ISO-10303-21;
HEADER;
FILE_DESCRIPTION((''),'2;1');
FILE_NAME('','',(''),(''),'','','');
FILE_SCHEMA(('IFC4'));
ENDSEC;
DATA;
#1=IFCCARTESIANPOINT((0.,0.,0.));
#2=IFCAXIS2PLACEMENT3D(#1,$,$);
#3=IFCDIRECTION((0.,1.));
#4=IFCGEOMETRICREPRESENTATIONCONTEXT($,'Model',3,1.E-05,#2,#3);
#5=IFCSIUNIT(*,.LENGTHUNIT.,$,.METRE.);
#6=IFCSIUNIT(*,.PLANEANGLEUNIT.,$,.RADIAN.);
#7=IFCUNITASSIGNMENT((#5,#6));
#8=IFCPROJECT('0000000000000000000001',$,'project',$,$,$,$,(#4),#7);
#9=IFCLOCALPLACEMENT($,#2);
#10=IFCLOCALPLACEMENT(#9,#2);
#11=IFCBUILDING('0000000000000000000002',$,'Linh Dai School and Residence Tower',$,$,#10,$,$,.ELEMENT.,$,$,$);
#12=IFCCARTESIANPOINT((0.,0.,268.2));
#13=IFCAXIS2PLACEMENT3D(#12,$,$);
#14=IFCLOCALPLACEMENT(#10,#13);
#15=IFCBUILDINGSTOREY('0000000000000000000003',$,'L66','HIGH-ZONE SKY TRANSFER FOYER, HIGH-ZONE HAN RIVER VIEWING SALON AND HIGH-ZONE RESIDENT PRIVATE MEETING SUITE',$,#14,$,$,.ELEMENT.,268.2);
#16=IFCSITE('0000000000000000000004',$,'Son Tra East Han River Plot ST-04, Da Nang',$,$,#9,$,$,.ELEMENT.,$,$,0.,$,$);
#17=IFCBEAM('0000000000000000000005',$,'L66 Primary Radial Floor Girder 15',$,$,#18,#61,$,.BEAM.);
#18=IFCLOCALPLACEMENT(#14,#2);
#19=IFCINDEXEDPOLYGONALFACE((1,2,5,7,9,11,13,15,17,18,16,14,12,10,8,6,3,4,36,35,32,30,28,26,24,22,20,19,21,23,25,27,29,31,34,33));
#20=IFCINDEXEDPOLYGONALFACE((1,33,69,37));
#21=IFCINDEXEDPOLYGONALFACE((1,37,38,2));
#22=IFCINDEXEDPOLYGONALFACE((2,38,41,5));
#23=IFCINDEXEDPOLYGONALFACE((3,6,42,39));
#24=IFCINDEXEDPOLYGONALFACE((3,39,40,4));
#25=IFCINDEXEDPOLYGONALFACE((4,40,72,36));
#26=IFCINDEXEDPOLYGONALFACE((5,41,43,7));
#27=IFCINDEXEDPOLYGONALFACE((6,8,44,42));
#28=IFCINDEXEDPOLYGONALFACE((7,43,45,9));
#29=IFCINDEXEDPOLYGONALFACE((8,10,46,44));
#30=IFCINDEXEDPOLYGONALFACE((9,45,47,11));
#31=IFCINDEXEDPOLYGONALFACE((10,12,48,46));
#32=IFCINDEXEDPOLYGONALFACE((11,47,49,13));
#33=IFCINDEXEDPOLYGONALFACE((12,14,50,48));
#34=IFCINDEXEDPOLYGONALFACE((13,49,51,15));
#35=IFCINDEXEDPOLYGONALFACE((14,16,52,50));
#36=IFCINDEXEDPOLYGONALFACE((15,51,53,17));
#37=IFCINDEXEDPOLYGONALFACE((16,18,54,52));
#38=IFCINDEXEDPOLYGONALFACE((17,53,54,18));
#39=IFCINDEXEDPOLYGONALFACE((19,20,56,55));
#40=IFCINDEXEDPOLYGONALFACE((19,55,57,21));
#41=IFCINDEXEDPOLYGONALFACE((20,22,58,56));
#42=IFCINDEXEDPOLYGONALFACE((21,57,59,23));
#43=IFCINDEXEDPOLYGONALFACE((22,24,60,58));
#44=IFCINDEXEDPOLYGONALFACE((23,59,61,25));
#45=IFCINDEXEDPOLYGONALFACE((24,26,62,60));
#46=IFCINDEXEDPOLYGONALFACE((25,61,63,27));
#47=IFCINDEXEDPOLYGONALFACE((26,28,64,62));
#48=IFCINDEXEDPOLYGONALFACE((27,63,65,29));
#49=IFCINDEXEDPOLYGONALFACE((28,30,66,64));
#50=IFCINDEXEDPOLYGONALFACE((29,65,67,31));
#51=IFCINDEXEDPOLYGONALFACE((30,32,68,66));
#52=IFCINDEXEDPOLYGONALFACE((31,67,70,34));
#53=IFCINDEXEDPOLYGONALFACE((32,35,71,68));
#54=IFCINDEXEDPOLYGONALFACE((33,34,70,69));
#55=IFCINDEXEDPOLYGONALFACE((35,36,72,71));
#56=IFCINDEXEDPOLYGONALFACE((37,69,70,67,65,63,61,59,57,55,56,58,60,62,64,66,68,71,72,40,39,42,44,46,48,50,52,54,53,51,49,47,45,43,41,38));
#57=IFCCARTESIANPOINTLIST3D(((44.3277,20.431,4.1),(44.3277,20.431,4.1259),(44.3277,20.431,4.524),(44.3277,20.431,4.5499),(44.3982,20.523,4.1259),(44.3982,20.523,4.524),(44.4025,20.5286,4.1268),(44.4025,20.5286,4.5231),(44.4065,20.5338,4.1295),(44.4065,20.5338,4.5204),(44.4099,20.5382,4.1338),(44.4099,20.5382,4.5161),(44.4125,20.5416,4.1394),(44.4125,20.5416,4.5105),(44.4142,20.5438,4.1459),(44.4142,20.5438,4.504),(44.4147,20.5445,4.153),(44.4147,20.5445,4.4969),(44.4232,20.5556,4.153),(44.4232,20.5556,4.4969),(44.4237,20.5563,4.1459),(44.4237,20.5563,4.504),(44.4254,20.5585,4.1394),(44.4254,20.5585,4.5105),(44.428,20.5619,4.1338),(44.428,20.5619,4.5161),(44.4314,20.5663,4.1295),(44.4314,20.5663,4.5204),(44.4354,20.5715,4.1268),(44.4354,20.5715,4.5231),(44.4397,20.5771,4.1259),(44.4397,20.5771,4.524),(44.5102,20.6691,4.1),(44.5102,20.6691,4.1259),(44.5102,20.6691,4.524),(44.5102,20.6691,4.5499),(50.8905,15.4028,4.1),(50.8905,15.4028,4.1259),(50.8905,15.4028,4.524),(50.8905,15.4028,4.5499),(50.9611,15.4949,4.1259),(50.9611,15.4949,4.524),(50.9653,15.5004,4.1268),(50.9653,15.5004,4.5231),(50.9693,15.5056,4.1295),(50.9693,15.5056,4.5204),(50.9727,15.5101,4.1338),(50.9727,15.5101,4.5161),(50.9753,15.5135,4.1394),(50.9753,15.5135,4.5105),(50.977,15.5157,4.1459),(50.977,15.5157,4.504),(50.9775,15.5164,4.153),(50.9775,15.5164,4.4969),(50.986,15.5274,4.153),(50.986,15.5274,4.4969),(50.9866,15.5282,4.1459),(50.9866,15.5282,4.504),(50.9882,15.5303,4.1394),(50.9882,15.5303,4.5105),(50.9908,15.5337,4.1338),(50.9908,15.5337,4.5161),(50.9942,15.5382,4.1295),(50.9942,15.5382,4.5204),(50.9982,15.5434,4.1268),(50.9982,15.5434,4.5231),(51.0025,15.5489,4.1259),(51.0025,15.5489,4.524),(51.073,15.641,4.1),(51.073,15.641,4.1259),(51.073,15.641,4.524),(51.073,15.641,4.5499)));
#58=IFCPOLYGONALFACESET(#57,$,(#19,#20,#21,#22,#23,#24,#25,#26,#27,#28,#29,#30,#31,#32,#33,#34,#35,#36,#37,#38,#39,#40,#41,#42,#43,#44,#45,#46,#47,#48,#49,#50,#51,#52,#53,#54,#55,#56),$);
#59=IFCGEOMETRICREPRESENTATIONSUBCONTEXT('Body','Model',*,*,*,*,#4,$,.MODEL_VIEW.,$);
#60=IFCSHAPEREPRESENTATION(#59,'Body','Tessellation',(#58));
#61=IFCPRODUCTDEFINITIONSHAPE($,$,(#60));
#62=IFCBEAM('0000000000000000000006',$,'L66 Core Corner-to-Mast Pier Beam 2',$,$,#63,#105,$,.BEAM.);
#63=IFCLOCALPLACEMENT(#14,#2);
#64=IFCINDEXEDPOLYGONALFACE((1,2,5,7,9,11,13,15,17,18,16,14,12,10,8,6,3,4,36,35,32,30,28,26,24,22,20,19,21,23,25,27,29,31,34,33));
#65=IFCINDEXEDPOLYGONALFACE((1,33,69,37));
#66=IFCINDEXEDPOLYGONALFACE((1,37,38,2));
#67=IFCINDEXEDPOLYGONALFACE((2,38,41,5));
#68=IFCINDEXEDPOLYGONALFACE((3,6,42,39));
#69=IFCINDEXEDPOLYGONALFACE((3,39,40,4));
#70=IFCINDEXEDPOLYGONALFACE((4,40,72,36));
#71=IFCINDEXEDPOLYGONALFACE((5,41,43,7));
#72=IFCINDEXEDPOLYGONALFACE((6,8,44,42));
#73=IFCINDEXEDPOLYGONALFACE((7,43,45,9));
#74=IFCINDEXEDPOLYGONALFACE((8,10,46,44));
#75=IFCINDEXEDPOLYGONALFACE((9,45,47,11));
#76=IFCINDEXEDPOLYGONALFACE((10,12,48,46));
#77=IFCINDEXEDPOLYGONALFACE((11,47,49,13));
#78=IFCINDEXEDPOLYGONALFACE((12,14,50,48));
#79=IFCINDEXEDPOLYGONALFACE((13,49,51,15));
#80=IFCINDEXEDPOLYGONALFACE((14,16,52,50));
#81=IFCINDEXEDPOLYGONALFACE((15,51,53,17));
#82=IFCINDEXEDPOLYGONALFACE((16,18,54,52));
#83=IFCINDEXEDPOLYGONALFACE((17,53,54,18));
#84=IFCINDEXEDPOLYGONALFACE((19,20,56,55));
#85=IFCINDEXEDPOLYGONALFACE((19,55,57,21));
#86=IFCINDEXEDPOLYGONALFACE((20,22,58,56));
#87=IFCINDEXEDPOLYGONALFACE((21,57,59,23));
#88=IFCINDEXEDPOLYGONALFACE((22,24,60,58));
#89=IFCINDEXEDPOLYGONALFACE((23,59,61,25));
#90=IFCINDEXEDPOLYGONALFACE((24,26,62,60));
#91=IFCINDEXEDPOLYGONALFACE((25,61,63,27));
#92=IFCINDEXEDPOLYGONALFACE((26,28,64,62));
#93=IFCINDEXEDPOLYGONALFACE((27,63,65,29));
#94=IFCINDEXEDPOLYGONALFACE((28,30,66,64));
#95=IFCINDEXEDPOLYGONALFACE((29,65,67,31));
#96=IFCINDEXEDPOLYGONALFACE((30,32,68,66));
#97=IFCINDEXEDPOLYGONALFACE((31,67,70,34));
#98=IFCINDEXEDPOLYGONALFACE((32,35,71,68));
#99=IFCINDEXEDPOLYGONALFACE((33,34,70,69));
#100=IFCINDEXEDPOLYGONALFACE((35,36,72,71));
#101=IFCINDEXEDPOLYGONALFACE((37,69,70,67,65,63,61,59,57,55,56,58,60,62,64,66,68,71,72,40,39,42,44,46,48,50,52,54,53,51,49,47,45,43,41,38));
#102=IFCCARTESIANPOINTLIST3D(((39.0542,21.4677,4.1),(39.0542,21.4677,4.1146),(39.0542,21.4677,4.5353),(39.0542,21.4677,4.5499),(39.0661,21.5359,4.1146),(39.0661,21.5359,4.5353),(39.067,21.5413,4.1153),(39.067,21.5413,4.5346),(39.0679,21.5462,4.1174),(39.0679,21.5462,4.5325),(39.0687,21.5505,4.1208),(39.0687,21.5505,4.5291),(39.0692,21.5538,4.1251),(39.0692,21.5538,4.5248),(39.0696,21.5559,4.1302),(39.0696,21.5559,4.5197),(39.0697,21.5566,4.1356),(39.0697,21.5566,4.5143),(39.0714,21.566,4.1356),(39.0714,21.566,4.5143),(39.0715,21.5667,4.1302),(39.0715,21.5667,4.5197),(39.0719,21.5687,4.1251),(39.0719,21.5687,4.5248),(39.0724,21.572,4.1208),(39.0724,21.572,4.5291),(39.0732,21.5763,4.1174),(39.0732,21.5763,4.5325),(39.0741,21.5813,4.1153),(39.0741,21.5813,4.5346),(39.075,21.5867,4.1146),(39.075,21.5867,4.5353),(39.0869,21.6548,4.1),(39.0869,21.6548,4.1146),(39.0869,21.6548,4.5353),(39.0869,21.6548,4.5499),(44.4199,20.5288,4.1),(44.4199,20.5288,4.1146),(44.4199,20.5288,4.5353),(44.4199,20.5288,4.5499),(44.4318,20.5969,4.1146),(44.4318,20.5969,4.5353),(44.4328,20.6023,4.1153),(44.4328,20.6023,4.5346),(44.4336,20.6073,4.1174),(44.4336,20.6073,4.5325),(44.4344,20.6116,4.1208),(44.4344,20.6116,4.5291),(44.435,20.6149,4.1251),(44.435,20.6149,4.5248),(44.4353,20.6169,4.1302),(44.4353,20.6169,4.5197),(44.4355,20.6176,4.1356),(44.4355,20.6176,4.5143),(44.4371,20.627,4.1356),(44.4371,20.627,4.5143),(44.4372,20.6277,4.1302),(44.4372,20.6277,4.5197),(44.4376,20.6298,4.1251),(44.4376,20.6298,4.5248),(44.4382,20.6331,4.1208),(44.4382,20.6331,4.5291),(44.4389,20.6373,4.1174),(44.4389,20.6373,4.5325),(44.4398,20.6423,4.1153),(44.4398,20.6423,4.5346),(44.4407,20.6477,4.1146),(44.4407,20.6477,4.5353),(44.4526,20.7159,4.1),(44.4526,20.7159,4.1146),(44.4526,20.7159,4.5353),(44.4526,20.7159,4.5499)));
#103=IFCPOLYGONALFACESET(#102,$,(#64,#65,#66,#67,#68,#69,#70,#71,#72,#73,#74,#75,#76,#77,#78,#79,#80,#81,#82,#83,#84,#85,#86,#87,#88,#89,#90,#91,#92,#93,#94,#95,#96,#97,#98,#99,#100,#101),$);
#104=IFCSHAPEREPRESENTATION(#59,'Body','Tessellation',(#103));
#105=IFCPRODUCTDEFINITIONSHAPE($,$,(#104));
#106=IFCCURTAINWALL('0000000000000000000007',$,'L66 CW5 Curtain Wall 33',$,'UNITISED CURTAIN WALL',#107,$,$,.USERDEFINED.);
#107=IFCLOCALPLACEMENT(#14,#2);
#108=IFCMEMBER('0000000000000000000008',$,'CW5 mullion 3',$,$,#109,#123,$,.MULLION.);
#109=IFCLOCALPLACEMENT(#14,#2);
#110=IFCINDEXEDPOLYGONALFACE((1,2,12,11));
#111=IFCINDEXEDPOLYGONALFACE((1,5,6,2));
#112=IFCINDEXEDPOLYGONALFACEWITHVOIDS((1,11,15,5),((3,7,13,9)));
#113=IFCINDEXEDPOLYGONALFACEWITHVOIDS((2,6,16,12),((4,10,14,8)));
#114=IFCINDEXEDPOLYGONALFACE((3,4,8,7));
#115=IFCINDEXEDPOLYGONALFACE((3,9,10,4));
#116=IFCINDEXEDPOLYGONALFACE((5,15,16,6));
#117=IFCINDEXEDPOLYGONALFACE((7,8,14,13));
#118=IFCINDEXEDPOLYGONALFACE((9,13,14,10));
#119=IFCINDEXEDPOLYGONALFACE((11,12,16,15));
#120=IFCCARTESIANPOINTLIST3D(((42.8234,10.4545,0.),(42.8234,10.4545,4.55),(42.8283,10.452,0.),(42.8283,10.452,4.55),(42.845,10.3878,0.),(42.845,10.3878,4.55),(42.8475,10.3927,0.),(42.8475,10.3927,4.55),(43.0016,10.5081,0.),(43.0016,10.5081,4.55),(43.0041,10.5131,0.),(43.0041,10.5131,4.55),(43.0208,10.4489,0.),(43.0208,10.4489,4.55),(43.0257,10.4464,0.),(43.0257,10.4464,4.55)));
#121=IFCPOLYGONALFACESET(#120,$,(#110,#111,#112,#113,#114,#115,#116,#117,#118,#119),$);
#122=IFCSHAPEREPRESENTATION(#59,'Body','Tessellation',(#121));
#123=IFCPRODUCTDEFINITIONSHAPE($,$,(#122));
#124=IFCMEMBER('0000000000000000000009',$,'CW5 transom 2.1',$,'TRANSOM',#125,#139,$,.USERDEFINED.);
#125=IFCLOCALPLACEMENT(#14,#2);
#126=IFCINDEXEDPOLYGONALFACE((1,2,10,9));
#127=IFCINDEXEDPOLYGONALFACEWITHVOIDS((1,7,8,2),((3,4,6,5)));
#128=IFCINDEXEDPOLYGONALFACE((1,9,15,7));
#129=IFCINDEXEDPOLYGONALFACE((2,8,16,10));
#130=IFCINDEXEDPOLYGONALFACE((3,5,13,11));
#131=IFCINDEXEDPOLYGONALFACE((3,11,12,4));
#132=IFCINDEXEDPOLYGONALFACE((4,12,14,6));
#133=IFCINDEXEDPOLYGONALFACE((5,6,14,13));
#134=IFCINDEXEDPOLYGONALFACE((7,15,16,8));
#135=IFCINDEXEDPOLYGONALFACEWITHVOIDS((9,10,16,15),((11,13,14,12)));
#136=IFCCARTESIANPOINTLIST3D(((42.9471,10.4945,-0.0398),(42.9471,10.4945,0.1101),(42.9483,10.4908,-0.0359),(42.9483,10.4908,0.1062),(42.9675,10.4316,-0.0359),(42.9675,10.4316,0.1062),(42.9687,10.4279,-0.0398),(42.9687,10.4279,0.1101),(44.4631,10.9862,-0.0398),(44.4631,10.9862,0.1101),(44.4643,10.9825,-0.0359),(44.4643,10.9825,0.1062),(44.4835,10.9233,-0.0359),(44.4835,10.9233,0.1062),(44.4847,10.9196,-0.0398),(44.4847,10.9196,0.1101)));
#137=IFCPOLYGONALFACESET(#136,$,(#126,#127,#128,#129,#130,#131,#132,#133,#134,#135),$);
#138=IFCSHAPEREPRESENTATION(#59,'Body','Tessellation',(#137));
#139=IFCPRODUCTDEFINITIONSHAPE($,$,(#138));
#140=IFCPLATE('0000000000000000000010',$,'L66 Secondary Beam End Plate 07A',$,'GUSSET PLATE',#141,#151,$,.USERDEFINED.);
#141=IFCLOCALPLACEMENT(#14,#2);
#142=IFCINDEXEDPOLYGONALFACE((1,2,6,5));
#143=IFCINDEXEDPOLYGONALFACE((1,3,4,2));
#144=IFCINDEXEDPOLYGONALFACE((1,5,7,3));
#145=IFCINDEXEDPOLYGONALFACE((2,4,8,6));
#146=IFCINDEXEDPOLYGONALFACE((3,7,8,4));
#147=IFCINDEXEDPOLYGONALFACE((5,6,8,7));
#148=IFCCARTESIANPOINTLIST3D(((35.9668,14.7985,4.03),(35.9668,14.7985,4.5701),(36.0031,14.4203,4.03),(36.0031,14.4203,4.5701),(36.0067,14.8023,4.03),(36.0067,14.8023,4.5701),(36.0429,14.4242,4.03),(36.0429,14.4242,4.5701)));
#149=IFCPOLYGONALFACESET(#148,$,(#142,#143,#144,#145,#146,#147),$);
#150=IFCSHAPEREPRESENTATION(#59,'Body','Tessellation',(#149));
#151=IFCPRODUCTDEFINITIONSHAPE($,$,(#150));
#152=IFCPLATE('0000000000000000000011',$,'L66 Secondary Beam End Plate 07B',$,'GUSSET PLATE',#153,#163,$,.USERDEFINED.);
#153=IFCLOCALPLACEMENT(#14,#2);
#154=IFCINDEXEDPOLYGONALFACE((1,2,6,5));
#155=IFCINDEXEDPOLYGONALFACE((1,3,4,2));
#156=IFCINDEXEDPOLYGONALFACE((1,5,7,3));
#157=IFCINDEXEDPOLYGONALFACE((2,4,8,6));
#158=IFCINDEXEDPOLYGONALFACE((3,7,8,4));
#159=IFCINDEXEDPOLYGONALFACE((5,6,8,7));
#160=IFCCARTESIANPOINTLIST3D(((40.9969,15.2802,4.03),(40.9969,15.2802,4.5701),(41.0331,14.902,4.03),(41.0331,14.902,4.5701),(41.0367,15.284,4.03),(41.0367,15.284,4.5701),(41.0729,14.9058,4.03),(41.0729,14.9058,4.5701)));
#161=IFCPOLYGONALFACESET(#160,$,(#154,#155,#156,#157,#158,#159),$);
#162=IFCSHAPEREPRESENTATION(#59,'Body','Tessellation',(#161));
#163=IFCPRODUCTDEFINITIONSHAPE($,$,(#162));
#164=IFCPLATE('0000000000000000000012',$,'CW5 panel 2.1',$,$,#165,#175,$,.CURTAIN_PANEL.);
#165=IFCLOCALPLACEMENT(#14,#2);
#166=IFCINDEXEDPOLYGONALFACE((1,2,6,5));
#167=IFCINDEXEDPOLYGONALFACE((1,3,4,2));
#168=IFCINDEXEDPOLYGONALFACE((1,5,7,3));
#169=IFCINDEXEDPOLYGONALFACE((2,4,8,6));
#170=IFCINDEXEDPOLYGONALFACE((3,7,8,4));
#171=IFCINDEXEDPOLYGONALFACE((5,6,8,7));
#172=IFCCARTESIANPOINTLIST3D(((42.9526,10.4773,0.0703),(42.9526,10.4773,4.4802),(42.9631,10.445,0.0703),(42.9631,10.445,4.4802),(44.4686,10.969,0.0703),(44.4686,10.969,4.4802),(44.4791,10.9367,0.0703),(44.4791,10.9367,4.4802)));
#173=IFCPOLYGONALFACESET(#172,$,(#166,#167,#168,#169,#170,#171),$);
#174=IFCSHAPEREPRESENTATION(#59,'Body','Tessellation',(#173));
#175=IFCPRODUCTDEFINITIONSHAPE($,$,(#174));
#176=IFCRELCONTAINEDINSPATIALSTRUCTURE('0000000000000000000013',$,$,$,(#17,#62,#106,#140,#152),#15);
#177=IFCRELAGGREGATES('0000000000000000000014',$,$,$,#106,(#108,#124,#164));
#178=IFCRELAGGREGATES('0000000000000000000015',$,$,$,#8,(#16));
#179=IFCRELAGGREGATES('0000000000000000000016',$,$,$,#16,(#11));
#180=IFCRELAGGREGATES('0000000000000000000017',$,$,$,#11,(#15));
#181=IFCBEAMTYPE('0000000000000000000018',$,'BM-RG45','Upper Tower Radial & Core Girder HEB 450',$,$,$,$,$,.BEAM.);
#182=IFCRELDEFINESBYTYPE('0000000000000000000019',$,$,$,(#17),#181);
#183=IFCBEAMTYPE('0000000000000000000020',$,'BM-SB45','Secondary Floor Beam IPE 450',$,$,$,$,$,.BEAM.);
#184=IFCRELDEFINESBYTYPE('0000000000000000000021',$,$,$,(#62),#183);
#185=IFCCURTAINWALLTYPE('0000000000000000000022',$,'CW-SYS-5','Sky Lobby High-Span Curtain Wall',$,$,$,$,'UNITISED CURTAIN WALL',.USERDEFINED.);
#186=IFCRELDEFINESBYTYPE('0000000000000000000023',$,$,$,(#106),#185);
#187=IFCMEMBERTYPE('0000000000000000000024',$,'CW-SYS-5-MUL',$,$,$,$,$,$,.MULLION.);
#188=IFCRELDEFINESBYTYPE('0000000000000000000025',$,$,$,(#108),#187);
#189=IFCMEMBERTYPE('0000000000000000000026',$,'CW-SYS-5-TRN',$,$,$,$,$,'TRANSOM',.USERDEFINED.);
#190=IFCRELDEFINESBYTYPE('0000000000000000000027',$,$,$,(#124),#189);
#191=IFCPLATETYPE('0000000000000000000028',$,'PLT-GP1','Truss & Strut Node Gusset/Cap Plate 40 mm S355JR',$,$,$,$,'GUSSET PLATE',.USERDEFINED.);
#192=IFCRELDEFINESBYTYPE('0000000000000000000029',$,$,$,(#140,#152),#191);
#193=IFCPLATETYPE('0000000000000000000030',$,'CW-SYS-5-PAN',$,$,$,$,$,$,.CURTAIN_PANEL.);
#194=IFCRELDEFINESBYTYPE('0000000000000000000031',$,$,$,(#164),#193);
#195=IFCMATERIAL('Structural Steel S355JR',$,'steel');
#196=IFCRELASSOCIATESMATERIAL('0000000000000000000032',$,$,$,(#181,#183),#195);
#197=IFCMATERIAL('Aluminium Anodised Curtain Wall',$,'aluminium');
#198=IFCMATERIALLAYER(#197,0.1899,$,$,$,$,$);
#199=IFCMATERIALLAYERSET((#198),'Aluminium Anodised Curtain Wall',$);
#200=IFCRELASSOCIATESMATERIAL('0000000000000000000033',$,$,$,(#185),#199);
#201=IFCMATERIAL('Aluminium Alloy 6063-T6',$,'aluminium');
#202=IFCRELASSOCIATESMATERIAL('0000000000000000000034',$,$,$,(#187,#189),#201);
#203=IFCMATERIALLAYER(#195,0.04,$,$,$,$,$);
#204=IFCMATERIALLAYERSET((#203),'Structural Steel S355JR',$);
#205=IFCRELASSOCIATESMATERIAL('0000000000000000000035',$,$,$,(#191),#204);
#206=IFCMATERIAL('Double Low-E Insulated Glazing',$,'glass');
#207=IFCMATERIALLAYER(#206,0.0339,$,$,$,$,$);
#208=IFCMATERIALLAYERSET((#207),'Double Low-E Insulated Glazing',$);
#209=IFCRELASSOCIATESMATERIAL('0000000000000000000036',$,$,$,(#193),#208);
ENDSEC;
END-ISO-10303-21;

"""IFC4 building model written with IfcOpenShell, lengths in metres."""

from ifc_helpers import new_model, si_unit, direction, frame, origin, origin_2d, place, context, subcontext, project, spatial, rectangle, hollow_rectangle, i_section, extrude, source, transform, mapped, material, layer, layer_set, material_profile, profile_set, type_object, element, aggregate, save


model = new_model("IFC4")

# Units and contexts
model_context = context("Model", 3, precision=1e-05, world=origin(), true_north=direction((0.0, 1.0)))
body_context = subcontext(model_context, "Body", "Model", "MODEL_VIEW")
ifc_project = project(units=[si_unit("LENGTHUNIT", "METRE"), si_unit("PLANEANGLEUNIT", "RADIAN")], contexts=[model_context])

# Site, building, storey
site_placement = place(None, origin())
site = spatial("IfcSite", under=ifc_project, at=site_placement, Name="Son Tra East Han River Plot ST-04, Da Nang", CompositionType="ELEMENT", RefElevation=0.0)
building_placement = place(site_placement, origin())
building = spatial("IfcBuilding", under=site, at=building_placement, Name="Linh Dai School and Residence Tower", CompositionType="ELEMENT")
storey_placement = place(building_placement, frame((0.0, 0.0, 268.2)))
storey = spatial("IfcBuildingStorey", under=building, at=storey_placement, Name="L66", Description="HIGH-ZONE SKY TRANSFER FOYER, HIGH-ZONE HAN RIVER VIEWING SALON AND HIGH-ZONE RESIDENT PRIVATE MEETING SUITE", CompositionType="ELEMENT", Elevation=268.2)

# Shared definitions
ifc_material_1 = material(Name="Structural Steel S355JR", Category="steel")

# Beams
ifc_material_profile_1 = material_profile(ifc_material_1, i_section(OverallWidth=0.3, OverallDepth=0.45, WebThickness=0.0139, FlangeThickness=0.0259, FilletRadius=0.0271, at=origin_2d()), Name="HEB 450")
ifc_profile_set_1 = profile_set([ifc_material_profile_1], Name="Structural Steel S355JR")
beam_type_1 = type_object("IfcBeamType", Name="BM-RG45", Description="Upper Tower Radial & Core Girder HEB 450", PredefinedType="BEAM", material=ifc_profile_set_1)
beam_1_placement = place(storey_placement, frame((44.4189, 20.55, 4.325), z_axis=(0.793803, -0.608175, 0.0), x_axis=(0.608175, 0.793803, 0.0)))
element("IfcBeam", 1, at=beam_1_placement, inside=storey, type_object=beam_type_1, Name="L66 Primary Radial Floor Girder 15", PredefinedType="BEAM", context=body_context, shape_type="SweptSolid", body=[
    extrude(i_section(OverallWidth=0.3, OverallDepth=0.45, WebThickness=0.0139, FlangeThickness=0.0259, FilletRadius=0.0271, at=origin_2d()), origin(), (0.0, 0.0, 1.0), 8.2676),
])
ifc_material_profile_2 = material_profile(ifc_material_1, i_section(OverallWidth=0.1899, OverallDepth=0.45, WebThickness=0.0095, FlangeThickness=0.0146, FilletRadius=0.021, at=origin_2d()), Name="IPE 450")
ifc_profile_set_2 = profile_set([ifc_material_profile_2], Name="Structural Steel S355JR")
beam_type_2 = type_object("IfcBeamType", Name="BM-SB45", Description="Secondary Floor Beam IPE 450", PredefinedType="BEAM", material=ifc_profile_set_2)
beam_2_placement = place(storey_placement, frame((44.4363, 20.6223, 4.325), z_axis=(-0.985032, 0.172374, 0.0), x_axis=(-0.172374, -0.985032, 0.0)))
element("IfcBeam", 2, at=beam_2_placement, inside=storey, type_object=beam_type_2, Name="L66 Core Corner-to-Mast Pier Beam 2", PredefinedType="BEAM", context=body_context, shape_type="SweptSolid", body=[
    extrude(i_section(OverallWidth=0.1899, OverallDepth=0.45, WebThickness=0.0095, FlangeThickness=0.0146, FilletRadius=0.021, at=origin_2d()), origin(), (0.0, 0.0, 1.0), 5.4473),
])

# Curtain wall, members
ifc_material_2 = material(Name="Aluminium Anodised Curtain Wall", Category="aluminium")
ifc_layer_1 = layer(ifc_material_2, 0.1899)
ifc_layer_set_1 = layer_set([ifc_layer_1], Name="Aluminium Anodised Curtain Wall")
curtain_wall_type = type_object("IfcCurtainWallType", Name="CW-SYS-5", Description="Sky Lobby High-Span Curtain Wall", ElementType="UNITISED CURTAIN WALL", PredefinedType="USERDEFINED", material=ifc_layer_set_1)
curtain_wall_placement = place(storey_placement, origin())
curtain_wall = element("IfcCurtainWall", 3, at=curtain_wall_placement, inside=storey, type_object=curtain_wall_type, Name="L66 CW5 Curtain Wall 33", ObjectType="UNITISED CURTAIN WALL", PredefinedType="USERDEFINED")
ifc_material_3 = material(Name="Aluminium Alloy 6063-T6", Category="aluminium")
ifc_material_profile_3 = material_profile(ifc_material_3, hollow_rectangle(XDim=0.0701, YDim=0.1899, WallThickness=0.0039, at=origin_2d()), Name="RHS 190x70x4")
ifc_profile_set_3 = profile_set([ifc_material_profile_3], Name="Aluminium Alloy 6063-T6")
member_type_1 = type_object("IfcMemberType", Name="CW-SYS-5-MUL", PredefinedType="MULLION", material=ifc_profile_set_3)
shared_shape_1 = source(origin(), body_context, "Body", "SweptSolid", [
    extrude(hollow_rectangle(XDim=0.0701, YDim=0.1899, WallThickness=0.0039, at=origin_2d()), origin(), (0.0, 0.0, 1.0), 4.55),
])
member_1_placement = place(storey_placement, frame((42.9246, 10.4504, 0.0), z_axis=(0.0, 0.0, 1.0), x_axis=(0.308519, -0.951218, 0.0)))
member_1 = element("IfcMember", 4, at=member_1_placement, type_object=member_type_1, Name="CW5 mullion 3", PredefinedType="MULLION", context=body_context, shape_type="MappedRepresentation", body=[
    mapped(shared_shape_1, transform((0.0, 0.0, 0.0), x_axis=(1.0, 0.0, 0.0), y_axis=(0.0, 1.0, 0.0), z_axis=(0.0, 0.0, 1.0), scale=1.0)),
])
ifc_material_profile_4 = material_profile(ifc_material_3, hollow_rectangle(XDim=0.0701, YDim=0.1499, WallThickness=0.0039, at=origin_2d()), Name="RHS 150x70x4")
ifc_profile_set_4 = profile_set([ifc_material_profile_4], Name="Aluminium Alloy 6063-T6")
member_type_2 = type_object("IfcMemberType", Name="CW-SYS-5-TRN", ElementType="TRANSOM", PredefinedType="USERDEFINED", material=ifc_profile_set_4)
shared_shape_2 = source(origin(), body_context, "Body", "SweptSolid", [
    extrude(hollow_rectangle(XDim=0.0701, YDim=0.1499, WallThickness=0.0039, at=origin_2d()), origin(), (0.0, 0.0, 1.0), 1.5938),
])
member_2_placement = place(storey_placement, frame((44.4739, 10.9529, 0.0352), z_axis=(-0.951225, -0.308497, 0.0), x_axis=(0.308497, -0.951225, 0.0)))
member_2 = element("IfcMember", 5, at=member_2_placement, type_object=member_type_2, Name="CW5 transom 2.1", ObjectType="TRANSOM", PredefinedType="USERDEFINED", context=body_context, shape_type="MappedRepresentation", body=[
    mapped(shared_shape_2, transform((0.0, 0.0, 0.0), x_axis=(1.0, 0.0, 0.0), y_axis=(0.0, 1.0, 0.0), z_axis=(0.0, 0.0, 1.0), scale=1.0)),
])

# Plates
ifc_layer_2 = layer(ifc_material_1, 0.04)
ifc_layer_set_2 = layer_set([ifc_layer_2], Name="Structural Steel S355JR")
plate_type_1 = type_object("IfcPlateType", Name="PLT-GP1", Description="Truss & Strut Node Gusset/Cap Plate 40 mm S355JR", ElementType="GUSSET PLATE", PredefinedType="USERDEFINED", material=ifc_layer_set_2)
shared_shape_3 = source(origin(), body_context, "Body", "SweptSolid", [
    extrude(rectangle(XDim=0.04, YDim=0.3799, at=origin_2d()), origin(), (0.0, 0.0, 1.0), 0.54),
])
for number, where, z_axis, x_axis, name in (
    (6, (36.0049, 14.6113, 4.03), (0.0, 0.0, 1.0), (0.995445, 0.095338, 0.0), "L66 Secondary Beam End Plate 07A"),
    (7, (41.0349, 15.093, 4.03), (0.0, 0.0, 1.0), (0.995445, 0.095338, 0.0), "L66 Secondary Beam End Plate 07B"),
):
    element("IfcPlate", number, at=place(storey_placement, frame(where, z_axis=z_axis, x_axis=x_axis)), inside=storey, type_object=plate_type_1, Name=name, ObjectType="GUSSET PLATE", PredefinedType="USERDEFINED", context=body_context, shape_type="MappedRepresentation", body=[
        mapped(shared_shape_3, transform((0.0, 0.0, 0.0), x_axis=(1.0, 0.0, 0.0), y_axis=(0.0, 1.0, 0.0), z_axis=(0.0, 0.0, 1.0), scale=1.0)),
    ])

# Plate
ifc_material_4 = material(Name="Double Low-E Insulated Glazing", Category="glass")
ifc_layer_3 = layer(ifc_material_4, 0.0339)
ifc_layer_set_3 = layer_set([ifc_layer_3], Name="Double Low-E Insulated Glazing")
plate_type_2 = type_object("IfcPlateType", Name="CW-SYS-5-PAN", PredefinedType="CURTAIN_PANEL", material=ifc_layer_set_3)
shared_shape_4 = source(origin(), body_context, "Body", "SweptSolid", [
    extrude(rectangle(XDim=1.5938, YDim=0.0339, at=origin_2d()), origin(), (0.0, 0.0, 1.0), 4.4099),
])
plate_placement = place(storey_placement, frame((43.7158, 10.707, 0.0703), z_axis=(0.0, 0.0, 1.0), x_axis=(-0.951218, -0.308519, 0.0)))
plate = element("IfcPlate", 8, at=plate_placement, type_object=plate_type_2, Name="CW5 panel 2.1", PredefinedType="CURTAIN_PANEL", context=body_context, shape_type="MappedRepresentation", body=[
    mapped(shared_shape_4, transform((0.0, 0.0, 0.0), x_axis=(1.0, 0.0, 0.0), y_axis=(0.0, 1.0, 0.0), z_axis=(0.0, 0.0, 1.0), scale=1.0)),
])
aggregate(curtain_wall, [member_1, member_2, plate])

save(model, "model.ifc")
